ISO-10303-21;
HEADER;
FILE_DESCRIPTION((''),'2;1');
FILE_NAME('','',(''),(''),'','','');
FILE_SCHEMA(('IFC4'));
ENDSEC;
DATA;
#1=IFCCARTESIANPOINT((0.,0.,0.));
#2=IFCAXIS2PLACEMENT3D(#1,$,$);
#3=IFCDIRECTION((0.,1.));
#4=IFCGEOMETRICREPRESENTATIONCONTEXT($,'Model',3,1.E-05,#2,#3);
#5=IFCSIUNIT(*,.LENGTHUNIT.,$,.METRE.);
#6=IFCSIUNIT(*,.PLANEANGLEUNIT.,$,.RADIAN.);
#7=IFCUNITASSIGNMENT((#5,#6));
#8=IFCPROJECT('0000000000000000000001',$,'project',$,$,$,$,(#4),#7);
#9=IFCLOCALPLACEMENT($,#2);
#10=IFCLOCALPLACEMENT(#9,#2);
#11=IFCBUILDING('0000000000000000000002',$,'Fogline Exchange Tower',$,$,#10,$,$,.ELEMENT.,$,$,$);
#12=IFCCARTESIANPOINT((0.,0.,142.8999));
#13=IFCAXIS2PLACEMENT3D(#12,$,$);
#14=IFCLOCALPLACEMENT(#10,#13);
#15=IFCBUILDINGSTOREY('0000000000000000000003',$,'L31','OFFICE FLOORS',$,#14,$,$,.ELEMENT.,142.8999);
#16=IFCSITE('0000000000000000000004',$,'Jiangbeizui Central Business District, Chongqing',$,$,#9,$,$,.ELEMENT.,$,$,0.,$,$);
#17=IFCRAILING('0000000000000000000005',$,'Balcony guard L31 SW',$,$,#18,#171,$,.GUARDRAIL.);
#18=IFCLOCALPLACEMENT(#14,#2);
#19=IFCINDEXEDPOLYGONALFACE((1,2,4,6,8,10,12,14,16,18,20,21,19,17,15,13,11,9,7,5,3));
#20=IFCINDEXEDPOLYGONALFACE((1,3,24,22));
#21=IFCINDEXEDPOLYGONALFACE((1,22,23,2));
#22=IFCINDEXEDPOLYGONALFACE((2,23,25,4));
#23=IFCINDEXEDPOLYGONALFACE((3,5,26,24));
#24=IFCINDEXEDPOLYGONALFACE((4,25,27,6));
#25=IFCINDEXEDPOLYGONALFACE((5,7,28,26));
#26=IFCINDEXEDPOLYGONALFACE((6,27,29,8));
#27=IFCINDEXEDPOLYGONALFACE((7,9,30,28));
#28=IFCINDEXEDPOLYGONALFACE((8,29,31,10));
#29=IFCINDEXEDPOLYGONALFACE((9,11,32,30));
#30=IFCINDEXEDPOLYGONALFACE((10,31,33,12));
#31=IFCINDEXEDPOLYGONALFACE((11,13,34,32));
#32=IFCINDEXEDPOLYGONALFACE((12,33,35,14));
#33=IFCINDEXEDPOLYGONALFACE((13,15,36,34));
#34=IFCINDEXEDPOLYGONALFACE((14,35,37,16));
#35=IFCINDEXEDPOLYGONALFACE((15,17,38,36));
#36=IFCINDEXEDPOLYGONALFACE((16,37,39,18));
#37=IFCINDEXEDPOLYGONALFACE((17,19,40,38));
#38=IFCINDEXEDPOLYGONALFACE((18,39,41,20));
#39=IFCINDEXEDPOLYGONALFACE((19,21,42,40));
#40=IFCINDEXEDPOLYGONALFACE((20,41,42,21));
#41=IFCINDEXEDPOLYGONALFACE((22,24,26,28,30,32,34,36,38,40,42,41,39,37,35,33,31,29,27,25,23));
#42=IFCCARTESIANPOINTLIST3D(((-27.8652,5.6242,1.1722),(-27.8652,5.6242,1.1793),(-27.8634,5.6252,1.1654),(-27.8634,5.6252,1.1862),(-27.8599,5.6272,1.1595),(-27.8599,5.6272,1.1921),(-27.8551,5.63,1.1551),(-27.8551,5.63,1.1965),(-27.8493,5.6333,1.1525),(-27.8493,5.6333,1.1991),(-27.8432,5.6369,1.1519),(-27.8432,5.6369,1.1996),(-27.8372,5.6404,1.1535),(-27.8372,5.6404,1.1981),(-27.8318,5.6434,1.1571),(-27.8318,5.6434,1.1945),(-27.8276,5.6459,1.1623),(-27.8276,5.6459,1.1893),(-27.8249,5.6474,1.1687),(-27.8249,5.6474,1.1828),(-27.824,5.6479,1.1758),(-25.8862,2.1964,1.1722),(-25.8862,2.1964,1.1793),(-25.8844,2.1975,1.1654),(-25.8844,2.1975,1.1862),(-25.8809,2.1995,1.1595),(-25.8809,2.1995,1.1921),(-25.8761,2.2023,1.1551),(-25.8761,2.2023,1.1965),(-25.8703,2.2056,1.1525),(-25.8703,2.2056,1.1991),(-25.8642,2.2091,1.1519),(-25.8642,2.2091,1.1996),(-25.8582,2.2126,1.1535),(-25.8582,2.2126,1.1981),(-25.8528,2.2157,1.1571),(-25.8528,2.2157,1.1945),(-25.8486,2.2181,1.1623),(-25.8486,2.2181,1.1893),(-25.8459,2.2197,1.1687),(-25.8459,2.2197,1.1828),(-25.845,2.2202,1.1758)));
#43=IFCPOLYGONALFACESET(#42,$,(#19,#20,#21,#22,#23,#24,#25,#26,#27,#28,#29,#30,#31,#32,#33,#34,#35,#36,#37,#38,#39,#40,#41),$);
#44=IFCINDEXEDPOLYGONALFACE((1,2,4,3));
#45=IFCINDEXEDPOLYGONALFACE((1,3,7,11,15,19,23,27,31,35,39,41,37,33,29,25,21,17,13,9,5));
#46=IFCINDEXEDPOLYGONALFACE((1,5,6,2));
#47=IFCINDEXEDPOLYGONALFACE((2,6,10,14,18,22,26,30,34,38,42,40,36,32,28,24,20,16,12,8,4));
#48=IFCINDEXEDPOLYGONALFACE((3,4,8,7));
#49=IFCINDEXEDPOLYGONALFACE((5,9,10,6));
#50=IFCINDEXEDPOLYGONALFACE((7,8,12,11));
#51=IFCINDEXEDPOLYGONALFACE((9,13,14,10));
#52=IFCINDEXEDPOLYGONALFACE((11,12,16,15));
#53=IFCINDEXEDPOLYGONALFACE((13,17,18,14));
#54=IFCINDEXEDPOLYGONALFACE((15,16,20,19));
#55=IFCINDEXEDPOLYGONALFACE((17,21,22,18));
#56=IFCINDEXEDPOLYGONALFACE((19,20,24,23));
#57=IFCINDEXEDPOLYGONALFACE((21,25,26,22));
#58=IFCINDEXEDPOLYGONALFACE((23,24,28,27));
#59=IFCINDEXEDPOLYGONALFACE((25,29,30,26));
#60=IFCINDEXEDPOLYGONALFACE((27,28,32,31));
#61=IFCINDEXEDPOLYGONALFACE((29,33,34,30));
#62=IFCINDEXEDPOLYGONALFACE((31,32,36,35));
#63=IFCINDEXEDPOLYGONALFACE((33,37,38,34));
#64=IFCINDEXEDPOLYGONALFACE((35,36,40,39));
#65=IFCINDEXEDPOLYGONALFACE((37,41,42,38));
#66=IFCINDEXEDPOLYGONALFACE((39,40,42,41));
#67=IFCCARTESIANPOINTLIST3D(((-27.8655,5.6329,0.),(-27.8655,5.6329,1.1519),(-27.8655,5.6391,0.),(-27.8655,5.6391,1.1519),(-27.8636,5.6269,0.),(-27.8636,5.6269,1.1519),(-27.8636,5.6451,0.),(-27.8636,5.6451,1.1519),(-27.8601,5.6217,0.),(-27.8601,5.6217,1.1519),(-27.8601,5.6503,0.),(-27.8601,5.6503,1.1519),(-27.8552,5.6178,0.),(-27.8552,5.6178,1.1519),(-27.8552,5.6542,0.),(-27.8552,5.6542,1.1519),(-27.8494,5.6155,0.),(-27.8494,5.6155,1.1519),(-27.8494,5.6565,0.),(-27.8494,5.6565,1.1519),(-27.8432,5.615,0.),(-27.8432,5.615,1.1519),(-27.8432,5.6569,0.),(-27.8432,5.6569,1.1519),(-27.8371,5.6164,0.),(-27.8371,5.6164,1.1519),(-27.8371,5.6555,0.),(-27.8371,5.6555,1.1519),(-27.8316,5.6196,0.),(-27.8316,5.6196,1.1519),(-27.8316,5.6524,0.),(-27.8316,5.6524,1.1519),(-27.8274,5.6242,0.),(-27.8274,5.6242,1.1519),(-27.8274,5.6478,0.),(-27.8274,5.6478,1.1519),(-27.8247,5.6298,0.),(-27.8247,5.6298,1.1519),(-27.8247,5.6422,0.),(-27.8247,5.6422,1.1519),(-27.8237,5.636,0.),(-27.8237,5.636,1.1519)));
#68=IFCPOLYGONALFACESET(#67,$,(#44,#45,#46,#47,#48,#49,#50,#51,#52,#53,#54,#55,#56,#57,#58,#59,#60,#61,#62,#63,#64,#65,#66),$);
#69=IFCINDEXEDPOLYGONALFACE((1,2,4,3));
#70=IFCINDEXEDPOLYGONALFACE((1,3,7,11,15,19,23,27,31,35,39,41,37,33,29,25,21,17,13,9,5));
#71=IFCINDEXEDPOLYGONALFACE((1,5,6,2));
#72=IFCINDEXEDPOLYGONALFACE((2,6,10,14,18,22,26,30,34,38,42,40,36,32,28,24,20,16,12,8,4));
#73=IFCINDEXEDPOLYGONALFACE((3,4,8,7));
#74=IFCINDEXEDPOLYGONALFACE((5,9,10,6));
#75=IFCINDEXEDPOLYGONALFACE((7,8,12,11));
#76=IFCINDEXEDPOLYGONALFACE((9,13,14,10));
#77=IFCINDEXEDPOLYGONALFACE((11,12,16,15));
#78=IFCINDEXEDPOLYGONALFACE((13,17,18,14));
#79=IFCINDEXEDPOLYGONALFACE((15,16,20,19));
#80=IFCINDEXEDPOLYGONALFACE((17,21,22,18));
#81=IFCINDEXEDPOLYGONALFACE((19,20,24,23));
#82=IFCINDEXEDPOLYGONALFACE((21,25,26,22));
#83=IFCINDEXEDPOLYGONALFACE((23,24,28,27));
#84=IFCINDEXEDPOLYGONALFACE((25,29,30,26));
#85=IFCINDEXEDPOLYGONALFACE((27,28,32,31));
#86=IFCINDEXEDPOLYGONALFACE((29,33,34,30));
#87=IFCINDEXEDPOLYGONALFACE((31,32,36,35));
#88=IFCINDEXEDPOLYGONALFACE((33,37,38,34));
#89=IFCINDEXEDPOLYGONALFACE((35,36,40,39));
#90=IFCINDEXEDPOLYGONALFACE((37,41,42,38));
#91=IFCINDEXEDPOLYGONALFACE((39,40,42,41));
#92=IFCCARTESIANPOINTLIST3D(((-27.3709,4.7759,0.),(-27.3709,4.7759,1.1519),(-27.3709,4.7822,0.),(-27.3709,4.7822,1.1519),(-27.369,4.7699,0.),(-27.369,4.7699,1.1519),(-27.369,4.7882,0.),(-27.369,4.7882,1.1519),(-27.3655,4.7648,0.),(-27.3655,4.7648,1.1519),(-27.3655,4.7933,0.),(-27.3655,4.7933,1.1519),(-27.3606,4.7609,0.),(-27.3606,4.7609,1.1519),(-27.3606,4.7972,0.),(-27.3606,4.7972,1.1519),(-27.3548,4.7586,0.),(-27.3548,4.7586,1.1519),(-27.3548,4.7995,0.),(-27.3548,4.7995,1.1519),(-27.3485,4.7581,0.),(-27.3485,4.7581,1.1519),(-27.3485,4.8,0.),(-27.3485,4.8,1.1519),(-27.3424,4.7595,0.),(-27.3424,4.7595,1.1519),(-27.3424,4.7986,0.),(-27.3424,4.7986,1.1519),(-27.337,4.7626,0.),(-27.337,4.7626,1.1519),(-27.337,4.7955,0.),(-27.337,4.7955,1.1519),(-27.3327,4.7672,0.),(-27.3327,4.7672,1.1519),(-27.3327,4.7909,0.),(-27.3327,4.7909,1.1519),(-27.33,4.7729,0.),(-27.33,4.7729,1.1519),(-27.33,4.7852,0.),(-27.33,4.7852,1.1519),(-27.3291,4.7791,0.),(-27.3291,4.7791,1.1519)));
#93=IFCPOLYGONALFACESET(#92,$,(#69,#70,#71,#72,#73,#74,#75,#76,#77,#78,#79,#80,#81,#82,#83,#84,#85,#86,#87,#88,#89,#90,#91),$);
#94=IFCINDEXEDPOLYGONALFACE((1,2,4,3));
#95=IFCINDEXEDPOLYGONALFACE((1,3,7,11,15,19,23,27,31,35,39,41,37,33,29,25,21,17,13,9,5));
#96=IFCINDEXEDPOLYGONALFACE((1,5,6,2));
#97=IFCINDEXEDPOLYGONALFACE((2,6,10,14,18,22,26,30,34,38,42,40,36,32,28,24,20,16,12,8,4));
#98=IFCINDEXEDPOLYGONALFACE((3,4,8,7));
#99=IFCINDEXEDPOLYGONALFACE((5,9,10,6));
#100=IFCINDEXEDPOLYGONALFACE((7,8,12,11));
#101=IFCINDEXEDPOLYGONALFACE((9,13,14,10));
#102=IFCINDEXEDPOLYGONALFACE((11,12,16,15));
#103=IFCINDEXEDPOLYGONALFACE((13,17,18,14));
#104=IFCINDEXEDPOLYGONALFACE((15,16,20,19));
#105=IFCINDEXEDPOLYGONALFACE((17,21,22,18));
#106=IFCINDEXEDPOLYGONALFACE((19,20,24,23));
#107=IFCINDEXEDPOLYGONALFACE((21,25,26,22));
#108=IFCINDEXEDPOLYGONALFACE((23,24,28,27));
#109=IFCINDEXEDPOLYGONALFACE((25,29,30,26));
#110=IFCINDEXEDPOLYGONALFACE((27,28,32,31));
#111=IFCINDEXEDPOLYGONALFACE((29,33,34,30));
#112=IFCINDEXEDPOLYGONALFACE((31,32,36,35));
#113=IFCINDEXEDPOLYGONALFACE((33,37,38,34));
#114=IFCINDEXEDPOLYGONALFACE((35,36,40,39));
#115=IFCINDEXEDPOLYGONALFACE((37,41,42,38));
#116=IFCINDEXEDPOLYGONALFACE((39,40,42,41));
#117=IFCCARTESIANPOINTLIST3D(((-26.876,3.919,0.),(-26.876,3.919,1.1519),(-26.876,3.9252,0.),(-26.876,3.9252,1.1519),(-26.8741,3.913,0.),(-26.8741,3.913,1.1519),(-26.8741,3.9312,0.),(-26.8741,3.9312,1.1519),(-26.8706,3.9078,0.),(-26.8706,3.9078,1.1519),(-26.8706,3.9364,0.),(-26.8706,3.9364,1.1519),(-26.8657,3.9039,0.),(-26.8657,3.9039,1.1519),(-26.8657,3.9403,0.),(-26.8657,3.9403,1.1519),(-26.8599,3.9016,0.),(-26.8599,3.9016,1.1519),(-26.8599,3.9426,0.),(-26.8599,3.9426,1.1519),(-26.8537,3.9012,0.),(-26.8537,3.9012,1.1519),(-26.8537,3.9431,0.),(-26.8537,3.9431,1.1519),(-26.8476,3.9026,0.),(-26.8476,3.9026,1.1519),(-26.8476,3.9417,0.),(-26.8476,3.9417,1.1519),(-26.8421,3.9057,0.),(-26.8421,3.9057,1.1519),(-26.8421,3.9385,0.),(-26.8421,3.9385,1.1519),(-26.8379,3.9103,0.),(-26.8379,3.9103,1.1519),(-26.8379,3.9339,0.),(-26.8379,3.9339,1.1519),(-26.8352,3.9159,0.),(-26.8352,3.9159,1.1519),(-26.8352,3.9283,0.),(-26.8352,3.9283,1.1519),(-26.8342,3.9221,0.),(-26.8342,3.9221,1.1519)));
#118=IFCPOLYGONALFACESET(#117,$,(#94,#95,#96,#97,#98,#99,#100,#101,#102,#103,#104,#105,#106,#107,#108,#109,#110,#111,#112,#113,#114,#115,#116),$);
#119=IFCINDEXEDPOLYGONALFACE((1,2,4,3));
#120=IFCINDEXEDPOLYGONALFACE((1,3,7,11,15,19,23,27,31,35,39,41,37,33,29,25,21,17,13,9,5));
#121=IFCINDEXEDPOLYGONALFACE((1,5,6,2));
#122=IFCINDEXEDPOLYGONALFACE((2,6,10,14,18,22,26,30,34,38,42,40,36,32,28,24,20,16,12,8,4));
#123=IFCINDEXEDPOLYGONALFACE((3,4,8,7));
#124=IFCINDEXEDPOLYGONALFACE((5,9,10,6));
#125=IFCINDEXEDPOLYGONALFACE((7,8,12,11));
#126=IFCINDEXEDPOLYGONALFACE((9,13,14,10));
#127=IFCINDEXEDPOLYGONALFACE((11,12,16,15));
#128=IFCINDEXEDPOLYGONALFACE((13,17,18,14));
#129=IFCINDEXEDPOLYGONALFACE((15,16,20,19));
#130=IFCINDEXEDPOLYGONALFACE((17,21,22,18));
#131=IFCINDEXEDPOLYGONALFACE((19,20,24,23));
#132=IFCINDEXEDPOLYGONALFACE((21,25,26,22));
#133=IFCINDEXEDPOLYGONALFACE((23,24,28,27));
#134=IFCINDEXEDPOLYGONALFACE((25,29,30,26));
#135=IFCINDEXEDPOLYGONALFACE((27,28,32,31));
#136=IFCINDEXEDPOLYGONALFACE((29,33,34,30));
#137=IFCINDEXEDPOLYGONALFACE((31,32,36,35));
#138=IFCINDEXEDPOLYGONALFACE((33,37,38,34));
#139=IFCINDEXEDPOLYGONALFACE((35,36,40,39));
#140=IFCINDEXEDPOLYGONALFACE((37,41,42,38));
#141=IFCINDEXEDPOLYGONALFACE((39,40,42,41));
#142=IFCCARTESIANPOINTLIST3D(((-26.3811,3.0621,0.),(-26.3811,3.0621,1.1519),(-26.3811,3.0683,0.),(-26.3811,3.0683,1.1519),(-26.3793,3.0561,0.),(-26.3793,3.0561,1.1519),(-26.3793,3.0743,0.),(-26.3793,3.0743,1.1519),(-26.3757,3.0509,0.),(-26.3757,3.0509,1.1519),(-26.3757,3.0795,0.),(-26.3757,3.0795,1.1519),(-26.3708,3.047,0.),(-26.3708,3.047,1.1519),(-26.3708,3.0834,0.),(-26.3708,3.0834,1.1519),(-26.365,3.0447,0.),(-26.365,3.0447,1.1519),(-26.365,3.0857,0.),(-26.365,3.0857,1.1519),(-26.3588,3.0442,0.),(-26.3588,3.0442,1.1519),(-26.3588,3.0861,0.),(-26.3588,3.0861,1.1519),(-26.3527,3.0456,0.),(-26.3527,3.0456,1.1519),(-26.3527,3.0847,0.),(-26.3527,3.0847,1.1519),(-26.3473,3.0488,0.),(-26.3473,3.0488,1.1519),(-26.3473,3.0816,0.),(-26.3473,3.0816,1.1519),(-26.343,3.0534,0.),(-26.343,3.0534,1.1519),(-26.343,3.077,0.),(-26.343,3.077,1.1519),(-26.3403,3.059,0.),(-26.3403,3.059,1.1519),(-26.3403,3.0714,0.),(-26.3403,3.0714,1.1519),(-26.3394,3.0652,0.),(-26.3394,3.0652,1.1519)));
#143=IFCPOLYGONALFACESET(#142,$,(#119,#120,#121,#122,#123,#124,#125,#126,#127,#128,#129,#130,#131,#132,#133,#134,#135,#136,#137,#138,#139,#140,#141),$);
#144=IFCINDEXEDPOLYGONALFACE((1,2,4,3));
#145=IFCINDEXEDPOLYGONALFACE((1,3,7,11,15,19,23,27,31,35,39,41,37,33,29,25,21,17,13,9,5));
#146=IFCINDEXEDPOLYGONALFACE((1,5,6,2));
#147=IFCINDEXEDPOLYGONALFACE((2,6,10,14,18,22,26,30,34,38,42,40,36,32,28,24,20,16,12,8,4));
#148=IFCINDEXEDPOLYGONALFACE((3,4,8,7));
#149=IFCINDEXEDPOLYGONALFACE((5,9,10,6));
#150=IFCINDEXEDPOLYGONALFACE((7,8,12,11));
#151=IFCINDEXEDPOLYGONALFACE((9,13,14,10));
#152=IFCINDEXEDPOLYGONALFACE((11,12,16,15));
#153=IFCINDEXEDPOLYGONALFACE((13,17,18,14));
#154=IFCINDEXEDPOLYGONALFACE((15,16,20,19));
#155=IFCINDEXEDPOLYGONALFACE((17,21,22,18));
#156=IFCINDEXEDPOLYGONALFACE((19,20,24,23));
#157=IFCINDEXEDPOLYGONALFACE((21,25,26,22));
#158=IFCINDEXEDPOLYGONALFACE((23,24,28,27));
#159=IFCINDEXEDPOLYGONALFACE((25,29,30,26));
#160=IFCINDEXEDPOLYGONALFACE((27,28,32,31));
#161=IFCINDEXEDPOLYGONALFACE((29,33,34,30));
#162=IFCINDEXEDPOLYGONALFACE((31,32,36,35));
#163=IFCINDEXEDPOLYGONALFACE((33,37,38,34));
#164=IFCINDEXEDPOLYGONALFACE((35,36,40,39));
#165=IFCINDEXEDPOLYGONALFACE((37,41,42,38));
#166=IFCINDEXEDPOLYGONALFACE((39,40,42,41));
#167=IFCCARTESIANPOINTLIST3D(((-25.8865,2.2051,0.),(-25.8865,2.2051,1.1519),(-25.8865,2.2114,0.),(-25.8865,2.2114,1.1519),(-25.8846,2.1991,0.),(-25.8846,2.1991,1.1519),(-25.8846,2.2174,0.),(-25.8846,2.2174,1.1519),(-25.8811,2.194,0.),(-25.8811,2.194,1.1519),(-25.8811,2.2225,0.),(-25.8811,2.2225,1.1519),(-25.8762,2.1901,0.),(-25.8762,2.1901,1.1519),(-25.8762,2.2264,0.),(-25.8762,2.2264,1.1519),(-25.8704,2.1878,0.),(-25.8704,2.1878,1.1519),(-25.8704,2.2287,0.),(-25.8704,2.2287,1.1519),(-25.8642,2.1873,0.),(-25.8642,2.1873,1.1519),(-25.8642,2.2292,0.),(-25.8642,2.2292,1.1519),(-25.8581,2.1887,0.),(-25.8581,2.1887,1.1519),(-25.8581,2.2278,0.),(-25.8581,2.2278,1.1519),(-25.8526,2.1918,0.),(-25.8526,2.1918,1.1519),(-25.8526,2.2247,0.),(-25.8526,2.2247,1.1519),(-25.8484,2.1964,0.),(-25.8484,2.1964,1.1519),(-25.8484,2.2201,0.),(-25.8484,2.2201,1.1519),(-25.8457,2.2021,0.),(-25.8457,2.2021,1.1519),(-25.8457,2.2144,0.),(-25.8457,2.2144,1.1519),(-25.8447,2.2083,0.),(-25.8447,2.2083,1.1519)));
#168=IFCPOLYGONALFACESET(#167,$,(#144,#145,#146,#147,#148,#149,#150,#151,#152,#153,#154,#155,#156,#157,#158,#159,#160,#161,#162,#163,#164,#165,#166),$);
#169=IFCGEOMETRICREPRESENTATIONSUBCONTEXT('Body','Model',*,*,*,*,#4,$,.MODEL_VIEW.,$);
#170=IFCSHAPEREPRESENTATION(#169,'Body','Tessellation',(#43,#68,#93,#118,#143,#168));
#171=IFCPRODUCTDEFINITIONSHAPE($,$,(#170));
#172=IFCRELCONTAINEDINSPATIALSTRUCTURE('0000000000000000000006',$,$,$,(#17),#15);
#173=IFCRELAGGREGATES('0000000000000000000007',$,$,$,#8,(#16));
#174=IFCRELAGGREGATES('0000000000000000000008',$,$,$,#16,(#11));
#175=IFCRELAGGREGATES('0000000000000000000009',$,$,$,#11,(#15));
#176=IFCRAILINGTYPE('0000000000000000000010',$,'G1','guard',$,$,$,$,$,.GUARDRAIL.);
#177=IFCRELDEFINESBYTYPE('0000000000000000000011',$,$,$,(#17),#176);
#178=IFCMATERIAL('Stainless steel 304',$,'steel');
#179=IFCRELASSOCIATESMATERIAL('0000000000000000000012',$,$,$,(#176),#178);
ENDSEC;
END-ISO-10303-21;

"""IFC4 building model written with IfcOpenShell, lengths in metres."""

from ifc_helpers import new_model, si_unit, direction, frame, origin, origin_2d, place, context, subcontext, project, spatial, circle, extrude, material, type_object, element, save


model = new_model("IFC4")

# Units and contexts
model_context = context("Model", 3, precision=1e-05, world=origin(), true_north=direction((0.0, 1.0)))
body_context = subcontext(model_context, "Body", "Model", "MODEL_VIEW")
ifc_project = project(units=[si_unit("LENGTHUNIT", "METRE"), si_unit("PLANEANGLEUNIT", "RADIAN")], contexts=[model_context])

# Site, building, storey
site_placement = place(None, origin())
site = spatial("IfcSite", under=ifc_project, at=site_placement, Name="Jiangbeizui Central Business District, Chongqing", CompositionType="ELEMENT", RefElevation=0.0)
building_placement = place(site_placement, origin())
building = spatial("IfcBuilding", under=site, at=building_placement, Name="Fogline Exchange Tower", CompositionType="ELEMENT")
storey_placement = place(building_placement, frame((0.0, 0.0, 142.8999)))
storey = spatial("IfcBuildingStorey", under=building, at=storey_placement, Name="L31", Description="OFFICE FLOORS", CompositionType="ELEMENT", Elevation=142.8999)

# Railing
ifc_material_1 = material(Name="Stainless steel 304", Category="steel")
railing_type = type_object("IfcRailingType", Name="G1", Description="guard", PredefinedType="GUARDRAIL", material=ifc_material_1)
railing_placement = place(storey_placement, frame((-27.8447, 5.636, 0.0)))
element("IfcRailing", 1, at=railing_placement, inside=storey, type_object=railing_type, Name="Balcony guard L31 SW", PredefinedType="GUARDRAIL", context=body_context, shape_type="SweptSolid", body=[
    extrude(circle(Radius=0.0239, at=origin_2d()), frame((0.0, 0.0, 1.1758), z_axis=(0.5, -0.866025, 0.0), x_axis=(0.866025, 0.5, 0.0)), (0.0, 0.0, 1.0), 3.958),
    extrude(circle(Radius=0.021, at=origin_2d()), origin(), (0.0, 0.0, 1.0), 1.1519),
    extrude(circle(Radius=0.021, at=origin_2d()), frame((0.4946, -0.8569, 0.0)), (0.0, 0.0, 1.0), 1.1519),
    extrude(circle(Radius=0.021, at=origin_2d()), frame((0.9895, -1.7139, 0.0)), (0.0, 0.0, 1.0), 1.1519),
    extrude(circle(Radius=0.021, at=origin_2d()), frame((1.4844, -2.5708, 0.0)), (0.0, 0.0, 1.0), 1.1519),
    extrude(circle(Radius=0.021, at=origin_2d()), frame((1.979, -3.4277, 0.0)), (0.0, 0.0, 1.0), 1.1519),
])

save(model, "model.ifc")
